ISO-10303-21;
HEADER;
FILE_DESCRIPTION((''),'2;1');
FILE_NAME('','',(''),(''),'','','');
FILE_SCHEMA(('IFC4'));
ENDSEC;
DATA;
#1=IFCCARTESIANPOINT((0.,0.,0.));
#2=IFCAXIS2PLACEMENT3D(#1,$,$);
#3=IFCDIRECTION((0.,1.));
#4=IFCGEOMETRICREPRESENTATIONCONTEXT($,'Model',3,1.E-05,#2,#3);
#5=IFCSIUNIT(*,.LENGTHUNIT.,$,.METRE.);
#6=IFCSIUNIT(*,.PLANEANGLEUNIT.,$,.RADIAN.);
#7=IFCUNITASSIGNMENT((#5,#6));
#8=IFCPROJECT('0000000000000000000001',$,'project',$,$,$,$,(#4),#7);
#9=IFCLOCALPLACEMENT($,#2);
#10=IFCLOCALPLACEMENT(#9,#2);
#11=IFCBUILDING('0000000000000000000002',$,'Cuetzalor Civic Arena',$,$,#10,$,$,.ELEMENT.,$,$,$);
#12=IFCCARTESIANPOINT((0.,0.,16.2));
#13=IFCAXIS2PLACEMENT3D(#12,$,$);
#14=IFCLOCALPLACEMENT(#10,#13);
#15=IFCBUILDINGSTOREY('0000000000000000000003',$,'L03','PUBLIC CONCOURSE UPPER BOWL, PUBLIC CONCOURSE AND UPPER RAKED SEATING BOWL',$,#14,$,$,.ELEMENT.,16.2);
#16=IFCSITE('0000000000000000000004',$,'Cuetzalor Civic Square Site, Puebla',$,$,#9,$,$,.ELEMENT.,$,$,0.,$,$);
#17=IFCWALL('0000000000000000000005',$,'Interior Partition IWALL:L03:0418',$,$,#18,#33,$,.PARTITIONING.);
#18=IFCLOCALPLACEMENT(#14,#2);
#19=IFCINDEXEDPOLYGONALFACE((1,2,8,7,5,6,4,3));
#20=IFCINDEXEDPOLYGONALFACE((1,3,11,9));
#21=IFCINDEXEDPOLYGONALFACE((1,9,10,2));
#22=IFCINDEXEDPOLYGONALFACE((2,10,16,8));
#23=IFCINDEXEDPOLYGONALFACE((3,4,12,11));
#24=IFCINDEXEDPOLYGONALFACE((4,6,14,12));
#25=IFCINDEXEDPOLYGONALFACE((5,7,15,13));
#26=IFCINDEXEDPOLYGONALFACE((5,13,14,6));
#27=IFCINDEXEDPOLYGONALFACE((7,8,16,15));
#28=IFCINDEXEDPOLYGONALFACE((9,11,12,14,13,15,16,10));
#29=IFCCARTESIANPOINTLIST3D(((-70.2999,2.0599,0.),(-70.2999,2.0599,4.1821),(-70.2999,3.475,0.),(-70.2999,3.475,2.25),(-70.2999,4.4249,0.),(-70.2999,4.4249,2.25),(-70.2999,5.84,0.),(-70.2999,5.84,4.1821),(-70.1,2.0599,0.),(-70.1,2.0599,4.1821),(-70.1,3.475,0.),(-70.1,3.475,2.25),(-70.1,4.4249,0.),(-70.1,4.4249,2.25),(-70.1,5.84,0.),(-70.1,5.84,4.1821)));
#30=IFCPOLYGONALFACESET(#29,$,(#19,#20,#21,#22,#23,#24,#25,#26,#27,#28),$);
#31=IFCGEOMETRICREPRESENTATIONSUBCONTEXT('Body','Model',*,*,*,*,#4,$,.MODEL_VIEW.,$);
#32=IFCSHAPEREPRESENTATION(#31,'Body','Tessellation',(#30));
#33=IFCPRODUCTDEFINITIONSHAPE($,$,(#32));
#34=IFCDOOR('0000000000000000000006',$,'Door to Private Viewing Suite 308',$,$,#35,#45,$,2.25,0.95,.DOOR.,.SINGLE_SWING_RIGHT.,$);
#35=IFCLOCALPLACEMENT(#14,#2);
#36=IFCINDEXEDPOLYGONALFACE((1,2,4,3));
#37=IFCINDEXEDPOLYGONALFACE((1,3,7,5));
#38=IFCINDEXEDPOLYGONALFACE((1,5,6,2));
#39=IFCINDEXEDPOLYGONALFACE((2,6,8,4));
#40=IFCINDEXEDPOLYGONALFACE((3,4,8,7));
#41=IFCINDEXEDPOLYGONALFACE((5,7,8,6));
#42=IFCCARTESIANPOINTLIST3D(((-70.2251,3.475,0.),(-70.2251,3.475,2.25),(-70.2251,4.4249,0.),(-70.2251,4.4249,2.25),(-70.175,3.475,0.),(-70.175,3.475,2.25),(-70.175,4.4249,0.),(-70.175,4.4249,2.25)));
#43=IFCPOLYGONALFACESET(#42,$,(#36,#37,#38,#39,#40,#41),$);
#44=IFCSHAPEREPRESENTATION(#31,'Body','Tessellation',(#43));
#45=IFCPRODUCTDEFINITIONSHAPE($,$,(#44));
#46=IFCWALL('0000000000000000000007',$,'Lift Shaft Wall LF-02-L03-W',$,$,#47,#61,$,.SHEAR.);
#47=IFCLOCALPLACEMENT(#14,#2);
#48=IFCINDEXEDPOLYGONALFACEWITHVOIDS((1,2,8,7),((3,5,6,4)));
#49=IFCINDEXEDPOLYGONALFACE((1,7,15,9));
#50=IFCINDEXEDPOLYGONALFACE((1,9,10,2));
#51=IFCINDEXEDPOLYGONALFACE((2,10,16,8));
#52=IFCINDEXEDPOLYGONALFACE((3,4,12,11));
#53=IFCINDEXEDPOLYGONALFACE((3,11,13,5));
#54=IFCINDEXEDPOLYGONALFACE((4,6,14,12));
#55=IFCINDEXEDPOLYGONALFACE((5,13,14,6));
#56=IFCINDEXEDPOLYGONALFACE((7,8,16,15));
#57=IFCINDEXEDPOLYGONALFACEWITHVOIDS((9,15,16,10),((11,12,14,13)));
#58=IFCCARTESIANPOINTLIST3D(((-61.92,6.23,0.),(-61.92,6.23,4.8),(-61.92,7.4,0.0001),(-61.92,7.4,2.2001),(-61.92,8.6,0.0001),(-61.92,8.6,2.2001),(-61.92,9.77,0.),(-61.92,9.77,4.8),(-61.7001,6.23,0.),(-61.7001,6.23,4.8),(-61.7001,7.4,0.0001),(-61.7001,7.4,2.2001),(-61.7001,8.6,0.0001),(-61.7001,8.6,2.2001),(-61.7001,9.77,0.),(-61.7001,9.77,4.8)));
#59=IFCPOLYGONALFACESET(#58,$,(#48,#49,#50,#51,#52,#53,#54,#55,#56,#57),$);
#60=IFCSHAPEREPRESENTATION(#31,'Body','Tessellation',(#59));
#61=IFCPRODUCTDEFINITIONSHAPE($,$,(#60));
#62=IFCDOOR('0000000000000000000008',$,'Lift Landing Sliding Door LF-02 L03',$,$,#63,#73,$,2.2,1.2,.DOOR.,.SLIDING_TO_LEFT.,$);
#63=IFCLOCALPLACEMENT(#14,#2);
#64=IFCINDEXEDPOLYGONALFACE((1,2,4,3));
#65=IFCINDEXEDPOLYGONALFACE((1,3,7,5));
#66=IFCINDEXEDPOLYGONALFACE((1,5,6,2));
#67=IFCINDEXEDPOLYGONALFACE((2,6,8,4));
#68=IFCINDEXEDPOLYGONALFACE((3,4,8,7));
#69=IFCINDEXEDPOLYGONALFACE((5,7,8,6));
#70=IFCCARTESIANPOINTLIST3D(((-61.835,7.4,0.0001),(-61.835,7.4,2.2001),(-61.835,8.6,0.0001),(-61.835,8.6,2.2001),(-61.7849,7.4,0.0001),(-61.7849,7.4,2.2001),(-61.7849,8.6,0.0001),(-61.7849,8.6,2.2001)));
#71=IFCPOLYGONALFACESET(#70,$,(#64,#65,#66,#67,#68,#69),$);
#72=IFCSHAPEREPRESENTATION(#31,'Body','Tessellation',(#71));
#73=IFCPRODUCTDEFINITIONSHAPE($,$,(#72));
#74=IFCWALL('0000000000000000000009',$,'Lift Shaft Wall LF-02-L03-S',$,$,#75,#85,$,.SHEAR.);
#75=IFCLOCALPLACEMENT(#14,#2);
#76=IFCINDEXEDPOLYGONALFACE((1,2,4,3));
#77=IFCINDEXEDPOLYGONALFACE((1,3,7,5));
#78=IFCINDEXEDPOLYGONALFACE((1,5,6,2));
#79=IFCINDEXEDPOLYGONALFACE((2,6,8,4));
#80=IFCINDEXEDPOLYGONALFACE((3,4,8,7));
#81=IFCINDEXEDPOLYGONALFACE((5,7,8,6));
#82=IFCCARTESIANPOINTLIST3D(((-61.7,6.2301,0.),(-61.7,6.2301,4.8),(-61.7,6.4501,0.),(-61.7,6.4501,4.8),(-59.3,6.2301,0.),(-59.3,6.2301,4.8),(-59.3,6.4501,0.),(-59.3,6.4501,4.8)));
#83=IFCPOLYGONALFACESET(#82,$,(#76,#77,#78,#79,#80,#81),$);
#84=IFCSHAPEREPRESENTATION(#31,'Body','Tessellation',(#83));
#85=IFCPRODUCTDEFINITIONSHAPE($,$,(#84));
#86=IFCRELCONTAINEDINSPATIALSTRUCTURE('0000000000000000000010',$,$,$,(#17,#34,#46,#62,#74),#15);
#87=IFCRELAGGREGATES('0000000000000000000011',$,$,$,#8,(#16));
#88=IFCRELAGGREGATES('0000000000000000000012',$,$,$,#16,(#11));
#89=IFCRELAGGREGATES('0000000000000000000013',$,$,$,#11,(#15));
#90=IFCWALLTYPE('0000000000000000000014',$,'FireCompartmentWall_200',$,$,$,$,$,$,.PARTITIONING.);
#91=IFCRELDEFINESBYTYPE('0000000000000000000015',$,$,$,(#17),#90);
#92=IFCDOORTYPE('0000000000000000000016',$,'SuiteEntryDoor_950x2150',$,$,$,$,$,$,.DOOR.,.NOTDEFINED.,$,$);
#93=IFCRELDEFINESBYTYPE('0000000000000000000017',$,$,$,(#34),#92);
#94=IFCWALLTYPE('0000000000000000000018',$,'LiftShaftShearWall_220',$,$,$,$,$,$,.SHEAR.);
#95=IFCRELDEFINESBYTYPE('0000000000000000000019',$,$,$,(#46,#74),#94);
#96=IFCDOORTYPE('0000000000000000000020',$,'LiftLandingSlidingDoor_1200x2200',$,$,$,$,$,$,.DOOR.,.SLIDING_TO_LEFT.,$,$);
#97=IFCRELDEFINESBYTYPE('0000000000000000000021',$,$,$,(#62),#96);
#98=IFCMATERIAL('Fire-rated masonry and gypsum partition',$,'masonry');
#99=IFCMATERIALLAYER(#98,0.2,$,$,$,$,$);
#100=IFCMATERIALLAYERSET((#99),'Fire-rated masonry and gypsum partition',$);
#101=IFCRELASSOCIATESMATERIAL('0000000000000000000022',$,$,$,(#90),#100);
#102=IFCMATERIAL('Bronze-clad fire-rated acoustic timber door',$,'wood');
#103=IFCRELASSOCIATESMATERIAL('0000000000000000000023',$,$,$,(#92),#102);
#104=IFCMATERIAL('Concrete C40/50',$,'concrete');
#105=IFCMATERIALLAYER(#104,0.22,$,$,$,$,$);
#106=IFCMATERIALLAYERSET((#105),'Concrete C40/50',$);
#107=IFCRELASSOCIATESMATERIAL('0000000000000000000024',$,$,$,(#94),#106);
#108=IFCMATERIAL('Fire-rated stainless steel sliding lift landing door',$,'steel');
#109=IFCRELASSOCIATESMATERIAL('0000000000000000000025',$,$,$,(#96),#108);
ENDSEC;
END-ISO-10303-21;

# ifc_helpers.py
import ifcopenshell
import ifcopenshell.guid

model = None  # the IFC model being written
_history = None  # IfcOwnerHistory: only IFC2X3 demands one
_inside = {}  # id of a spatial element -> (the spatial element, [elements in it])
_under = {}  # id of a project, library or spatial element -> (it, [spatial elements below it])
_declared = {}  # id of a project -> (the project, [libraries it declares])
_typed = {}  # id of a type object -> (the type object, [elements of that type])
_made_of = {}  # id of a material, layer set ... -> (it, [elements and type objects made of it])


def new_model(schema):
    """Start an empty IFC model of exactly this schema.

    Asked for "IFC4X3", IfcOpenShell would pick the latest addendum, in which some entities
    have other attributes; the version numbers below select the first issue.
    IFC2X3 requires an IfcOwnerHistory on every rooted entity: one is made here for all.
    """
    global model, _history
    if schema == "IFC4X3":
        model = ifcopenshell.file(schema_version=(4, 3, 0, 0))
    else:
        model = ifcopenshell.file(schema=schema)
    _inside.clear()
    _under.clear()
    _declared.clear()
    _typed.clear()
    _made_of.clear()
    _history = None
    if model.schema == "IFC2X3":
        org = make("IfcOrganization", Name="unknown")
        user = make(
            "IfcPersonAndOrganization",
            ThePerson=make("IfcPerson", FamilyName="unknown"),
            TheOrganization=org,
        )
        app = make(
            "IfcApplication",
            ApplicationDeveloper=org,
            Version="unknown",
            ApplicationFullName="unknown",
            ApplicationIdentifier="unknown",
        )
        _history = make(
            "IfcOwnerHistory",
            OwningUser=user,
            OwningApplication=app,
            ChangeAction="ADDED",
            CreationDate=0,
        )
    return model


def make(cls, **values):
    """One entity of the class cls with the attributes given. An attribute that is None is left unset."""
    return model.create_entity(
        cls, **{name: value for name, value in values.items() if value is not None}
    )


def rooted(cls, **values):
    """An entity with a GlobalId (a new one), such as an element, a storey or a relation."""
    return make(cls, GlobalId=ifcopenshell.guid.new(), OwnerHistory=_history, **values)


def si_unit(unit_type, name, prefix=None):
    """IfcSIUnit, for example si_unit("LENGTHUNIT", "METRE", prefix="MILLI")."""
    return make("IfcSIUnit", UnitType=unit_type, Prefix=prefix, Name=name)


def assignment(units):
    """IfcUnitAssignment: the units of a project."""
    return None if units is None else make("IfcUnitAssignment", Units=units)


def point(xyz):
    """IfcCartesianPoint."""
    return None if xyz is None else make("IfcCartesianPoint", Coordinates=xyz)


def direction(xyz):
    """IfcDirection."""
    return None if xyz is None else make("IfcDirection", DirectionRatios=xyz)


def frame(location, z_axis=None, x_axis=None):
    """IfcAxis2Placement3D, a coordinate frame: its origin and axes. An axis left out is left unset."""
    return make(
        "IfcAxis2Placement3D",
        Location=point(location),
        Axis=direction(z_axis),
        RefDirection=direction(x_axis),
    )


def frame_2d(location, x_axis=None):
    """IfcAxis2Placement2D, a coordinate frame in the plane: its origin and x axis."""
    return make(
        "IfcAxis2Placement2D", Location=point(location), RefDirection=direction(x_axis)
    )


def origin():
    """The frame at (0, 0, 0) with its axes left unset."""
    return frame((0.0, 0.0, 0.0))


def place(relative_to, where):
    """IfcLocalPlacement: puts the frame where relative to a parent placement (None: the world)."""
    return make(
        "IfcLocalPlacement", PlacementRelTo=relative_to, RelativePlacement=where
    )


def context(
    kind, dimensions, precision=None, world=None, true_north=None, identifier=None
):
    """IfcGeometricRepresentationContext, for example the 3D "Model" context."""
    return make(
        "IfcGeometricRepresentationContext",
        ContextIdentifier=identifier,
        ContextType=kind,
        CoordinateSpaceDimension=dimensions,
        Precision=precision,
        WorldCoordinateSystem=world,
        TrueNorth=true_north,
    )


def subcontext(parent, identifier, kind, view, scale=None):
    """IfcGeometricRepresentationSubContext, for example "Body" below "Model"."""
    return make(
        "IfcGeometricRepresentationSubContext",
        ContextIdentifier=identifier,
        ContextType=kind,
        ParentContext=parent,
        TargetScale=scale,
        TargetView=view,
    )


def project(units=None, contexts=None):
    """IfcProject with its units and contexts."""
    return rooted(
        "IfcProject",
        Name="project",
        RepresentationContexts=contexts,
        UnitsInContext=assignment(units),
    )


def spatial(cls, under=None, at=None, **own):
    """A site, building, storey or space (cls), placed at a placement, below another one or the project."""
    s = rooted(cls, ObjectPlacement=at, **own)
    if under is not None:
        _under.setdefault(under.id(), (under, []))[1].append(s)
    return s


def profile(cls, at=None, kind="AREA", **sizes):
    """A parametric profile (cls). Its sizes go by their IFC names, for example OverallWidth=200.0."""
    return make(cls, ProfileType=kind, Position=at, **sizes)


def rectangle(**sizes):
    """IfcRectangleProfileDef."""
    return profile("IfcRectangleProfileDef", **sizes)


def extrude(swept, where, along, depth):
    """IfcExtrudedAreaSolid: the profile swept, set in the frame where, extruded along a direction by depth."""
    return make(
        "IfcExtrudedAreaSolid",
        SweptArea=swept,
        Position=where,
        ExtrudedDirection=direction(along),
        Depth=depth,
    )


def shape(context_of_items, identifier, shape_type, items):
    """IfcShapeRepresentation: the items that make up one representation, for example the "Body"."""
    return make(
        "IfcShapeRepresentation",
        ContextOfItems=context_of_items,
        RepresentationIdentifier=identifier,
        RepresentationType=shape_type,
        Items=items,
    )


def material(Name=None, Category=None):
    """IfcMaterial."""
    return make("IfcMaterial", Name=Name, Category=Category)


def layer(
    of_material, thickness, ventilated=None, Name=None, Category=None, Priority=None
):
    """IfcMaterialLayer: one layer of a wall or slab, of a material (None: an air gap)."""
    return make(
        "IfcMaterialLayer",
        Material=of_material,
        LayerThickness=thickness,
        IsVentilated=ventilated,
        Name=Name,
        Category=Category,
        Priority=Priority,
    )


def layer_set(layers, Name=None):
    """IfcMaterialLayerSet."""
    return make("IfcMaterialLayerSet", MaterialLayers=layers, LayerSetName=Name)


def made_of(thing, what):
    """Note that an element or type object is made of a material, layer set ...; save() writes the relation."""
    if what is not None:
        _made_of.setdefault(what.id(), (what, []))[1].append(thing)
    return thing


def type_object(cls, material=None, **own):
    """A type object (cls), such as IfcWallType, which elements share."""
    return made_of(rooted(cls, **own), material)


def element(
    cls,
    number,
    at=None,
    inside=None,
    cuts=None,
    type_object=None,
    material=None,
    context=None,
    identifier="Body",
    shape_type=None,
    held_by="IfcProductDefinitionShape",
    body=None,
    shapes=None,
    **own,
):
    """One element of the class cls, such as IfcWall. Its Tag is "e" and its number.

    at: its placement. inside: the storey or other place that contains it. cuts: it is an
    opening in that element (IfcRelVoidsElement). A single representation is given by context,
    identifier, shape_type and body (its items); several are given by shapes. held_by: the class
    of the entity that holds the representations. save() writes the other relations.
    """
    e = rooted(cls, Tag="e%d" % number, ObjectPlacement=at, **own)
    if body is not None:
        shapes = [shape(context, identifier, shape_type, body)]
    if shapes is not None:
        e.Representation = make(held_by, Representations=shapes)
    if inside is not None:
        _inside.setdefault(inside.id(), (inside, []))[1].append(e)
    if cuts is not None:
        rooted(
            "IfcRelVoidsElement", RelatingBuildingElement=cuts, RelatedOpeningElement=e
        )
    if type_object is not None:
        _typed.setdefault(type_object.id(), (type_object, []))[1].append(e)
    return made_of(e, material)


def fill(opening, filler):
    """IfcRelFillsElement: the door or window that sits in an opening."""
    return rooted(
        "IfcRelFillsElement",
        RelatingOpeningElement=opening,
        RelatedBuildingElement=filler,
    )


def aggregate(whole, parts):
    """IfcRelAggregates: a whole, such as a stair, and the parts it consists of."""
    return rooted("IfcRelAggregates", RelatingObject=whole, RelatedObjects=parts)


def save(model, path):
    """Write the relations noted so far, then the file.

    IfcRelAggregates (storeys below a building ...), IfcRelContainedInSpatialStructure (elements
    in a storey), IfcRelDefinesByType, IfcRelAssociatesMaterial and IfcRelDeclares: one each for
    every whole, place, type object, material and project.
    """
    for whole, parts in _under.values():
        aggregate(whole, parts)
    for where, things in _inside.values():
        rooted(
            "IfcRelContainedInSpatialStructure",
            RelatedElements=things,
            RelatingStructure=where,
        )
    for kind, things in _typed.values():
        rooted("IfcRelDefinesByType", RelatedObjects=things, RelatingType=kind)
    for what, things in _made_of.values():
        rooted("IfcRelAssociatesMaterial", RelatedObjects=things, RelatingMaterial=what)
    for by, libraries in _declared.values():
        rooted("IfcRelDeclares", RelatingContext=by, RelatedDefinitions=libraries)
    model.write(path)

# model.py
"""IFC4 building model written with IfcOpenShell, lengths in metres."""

from ifc_helpers import new_model, si_unit, direction, frame, frame_2d, origin, place, context, subcontext, project, spatial, rectangle, extrude, material, layer, layer_set, type_object, element, fill, save


model = new_model("IFC4")

# Units and contexts
model_context = context("Model", 3, precision=1e-05, world=origin(), true_north=direction((0.0, 1.0)))
body_context = subcontext(model_context, "Body", "Model", "MODEL_VIEW")
ifc_project = project(units=[si_unit("LENGTHUNIT", "METRE"), si_unit("PLANEANGLEUNIT", "RADIAN")], contexts=[model_context])

# Site, building, storey
site_placement = place(None, origin())
site = spatial("IfcSite", under=ifc_project, at=site_placement, Name="Cuetzalor Civic Square Site, Puebla", CompositionType="ELEMENT", RefElevation=0.0)
building_placement = place(site_placement, origin())
building = spatial("IfcBuilding", under=site, at=building_placement, Name="Cuetzalor Civic Arena", CompositionType="ELEMENT")
storey_placement = place(building_placement, frame((0.0, 0.0, 16.2)))
storey = spatial("IfcBuildingStorey", under=building, at=storey_placement, Name="L03", Description="PUBLIC CONCOURSE UPPER BOWL, PUBLIC CONCOURSE AND UPPER RAKED SEATING BOWL", CompositionType="ELEMENT", Elevation=16.2)

# Shared definitions
ifc_material_1 = material(Name="Fire-rated masonry and gypsum partition", Category="masonry")
ifc_layer_1 = layer(ifc_material_1, 0.2)
ifc_layer_set_1 = layer_set([ifc_layer_1], Name="Fire-rated masonry and gypsum partition")
wall_type_1 = type_object("IfcWallType", Name="FireCompartmentWall_200", PredefinedType="PARTITIONING", material=ifc_layer_set_1)

# Walls, openings, doors
ifc_material_2 = material(Name="Bronze-clad fire-rated acoustic timber door", Category="wood")
door_type_1 = type_object("IfcDoorType", Name="SuiteEntryDoor_950x2150", OperationType="NOTDEFINED", PredefinedType="DOOR", material=ifc_material_2)
wall_1_placement = place(storey_placement, frame((-70.2, 5.8401, 0.0), z_axis=(0.0, 0.0, 1.0), x_axis=(0.0, -1.0, 0.0)))
wall_1 = element("IfcWall", 1, at=wall_1_placement, inside=storey, type_object=wall_type_1, Name="Interior Partition IWALL:L03:0418", PredefinedType="PARTITIONING", context=body_context, shape_type="SweptSolid", body=[
    extrude(rectangle(XDim=3.78, YDim=0.2, at=frame_2d((1.8901, 0.0))), origin(), (0.0, 0.0, 1.0), 4.1821),
])
opening_1_placement = place(wall_1_placement, frame((1.415, 0.0, 0.0)))
opening_1 = element("IfcOpeningElement", 2, at=opening_1_placement, cuts=wall_1, PredefinedType="OPENING", context=body_context, shape_type="SweptSolid", body=[
    extrude(rectangle(XDim=0.95, YDim=2.25, at=frame_2d((0.4751, 1.125))), frame((0.0, 0.1099, 0.0), z_axis=(0.0, -1.0, 0.0), x_axis=(1.0, 0.0, 0.0)), (0.0, 0.0, 1.0), 0.22),
])
door_1_placement = place(opening_1_placement, origin())
door_1 = element("IfcDoor", 3, at=door_1_placement, inside=storey, type_object=door_type_1, Name="Door to Private Viewing Suite 308", OperationType="SINGLE_SWING_RIGHT", OverallHeight=2.25, OverallWidth=0.95, PredefinedType="DOOR", context=body_context, shape_type="SweptSolid", body=[
    extrude(rectangle(XDim=0.95, YDim=2.25, at=frame_2d((0.4751, 1.125))), frame((0.0, 0.0249, 0.0), z_axis=(0.0, -1.0, 0.0), x_axis=(1.0, 0.0, 0.0)), (0.0, 0.0, 1.0), 0.05),
])
fill(opening_1, door_1)
ifc_material_3 = material(Name="Concrete C40/50", Category="concrete")
ifc_layer_2 = layer(ifc_material_3, 0.22)
ifc_layer_set_2 = layer_set([ifc_layer_2], Name="Concrete C40/50")
wall_type_2 = type_object("IfcWallType", Name="LiftShaftShearWall_220", PredefinedType="SHEAR", material=ifc_layer_set_2)
wall_2_placement = place(storey_placement, frame((-61.8101, 6.23, 0.0), z_axis=(0.0, 0.0, 1.0), x_axis=(0.0, 1.0, 0.0)))
wall_2 = element("IfcWall", 4, at=wall_2_placement, inside=storey, type_object=wall_type_2, Name="Lift Shaft Wall LF-02-L03-W", PredefinedType="SHEAR", context=body_context, shape_type="SweptSolid", body=[
    extrude(rectangle(XDim=3.54, YDim=0.22, at=frame_2d((1.77, 0.0))), origin(), (0.0, 0.0, 1.0), 4.8),
])
opening_2_placement = place(wall_2_placement, frame((1.1699, 0.0, 0.0)))
opening_2 = element("IfcOpeningElement", 5, at=opening_2_placement, cuts=wall_2, PredefinedType="OPENING", context=body_context, shape_type="SweptSolid", body=[
    extrude(rectangle(XDim=1.2, YDim=2.2, at=frame_2d((0.6001, 1.1001))), frame((0.0, 0.1201, 0.0), z_axis=(0.0, -1.0, 0.0), x_axis=(1.0, 0.0, 0.0)), (0.0, 0.0, 1.0), 0.24),
])
ifc_material_4 = material(Name="Fire-rated stainless steel sliding lift landing door", Category="steel")
door_type_2 = type_object("IfcDoorType", Name="LiftLandingSlidingDoor_1200x2200", OperationType="SLIDING_TO_LEFT", PredefinedType="DOOR", material=ifc_material_4)
door_2_placement = place(opening_2_placement, origin())
door_2 = element("IfcDoor", 6, at=door_2_placement, inside=storey, type_object=door_type_2, Name="Lift Landing Sliding Door LF-02 L03", OperationType="SLIDING_TO_LEFT", OverallHeight=2.2, OverallWidth=1.2, PredefinedType="DOOR", context=body_context, shape_type="SweptSolid", body=[
    extrude(rectangle(XDim=1.2, YDim=2.2, at=frame_2d((0.6001, 1.1001))), frame((0.0, 0.0249, 0.0), z_axis=(0.0, -1.0, 0.0), x_axis=(1.0, 0.0, 0.0)), (0.0, 0.0, 1.0), 0.05),
])
fill(opening_2, door_2)

# Wall
wall_3_placement = place(storey_placement, frame((-59.3, 6.3401, 0.0), z_axis=(0.0, 0.0, 1.0), x_axis=(-1.0, 0.0, 0.0)))
element("IfcWall", 7, at=wall_3_placement, inside=storey, type_object=wall_type_2, Name="Lift Shaft Wall LF-02-L03-S", PredefinedType="SHEAR", context=body_context, shape_type="SweptSolid", body=[
    extrude(rectangle(XDim=2.3999, YDim=0.22, at=frame_2d((1.2, 0.0))), origin(), (0.0, 0.0, 1.0), 4.8),
])

save(model, "model.ifc")
